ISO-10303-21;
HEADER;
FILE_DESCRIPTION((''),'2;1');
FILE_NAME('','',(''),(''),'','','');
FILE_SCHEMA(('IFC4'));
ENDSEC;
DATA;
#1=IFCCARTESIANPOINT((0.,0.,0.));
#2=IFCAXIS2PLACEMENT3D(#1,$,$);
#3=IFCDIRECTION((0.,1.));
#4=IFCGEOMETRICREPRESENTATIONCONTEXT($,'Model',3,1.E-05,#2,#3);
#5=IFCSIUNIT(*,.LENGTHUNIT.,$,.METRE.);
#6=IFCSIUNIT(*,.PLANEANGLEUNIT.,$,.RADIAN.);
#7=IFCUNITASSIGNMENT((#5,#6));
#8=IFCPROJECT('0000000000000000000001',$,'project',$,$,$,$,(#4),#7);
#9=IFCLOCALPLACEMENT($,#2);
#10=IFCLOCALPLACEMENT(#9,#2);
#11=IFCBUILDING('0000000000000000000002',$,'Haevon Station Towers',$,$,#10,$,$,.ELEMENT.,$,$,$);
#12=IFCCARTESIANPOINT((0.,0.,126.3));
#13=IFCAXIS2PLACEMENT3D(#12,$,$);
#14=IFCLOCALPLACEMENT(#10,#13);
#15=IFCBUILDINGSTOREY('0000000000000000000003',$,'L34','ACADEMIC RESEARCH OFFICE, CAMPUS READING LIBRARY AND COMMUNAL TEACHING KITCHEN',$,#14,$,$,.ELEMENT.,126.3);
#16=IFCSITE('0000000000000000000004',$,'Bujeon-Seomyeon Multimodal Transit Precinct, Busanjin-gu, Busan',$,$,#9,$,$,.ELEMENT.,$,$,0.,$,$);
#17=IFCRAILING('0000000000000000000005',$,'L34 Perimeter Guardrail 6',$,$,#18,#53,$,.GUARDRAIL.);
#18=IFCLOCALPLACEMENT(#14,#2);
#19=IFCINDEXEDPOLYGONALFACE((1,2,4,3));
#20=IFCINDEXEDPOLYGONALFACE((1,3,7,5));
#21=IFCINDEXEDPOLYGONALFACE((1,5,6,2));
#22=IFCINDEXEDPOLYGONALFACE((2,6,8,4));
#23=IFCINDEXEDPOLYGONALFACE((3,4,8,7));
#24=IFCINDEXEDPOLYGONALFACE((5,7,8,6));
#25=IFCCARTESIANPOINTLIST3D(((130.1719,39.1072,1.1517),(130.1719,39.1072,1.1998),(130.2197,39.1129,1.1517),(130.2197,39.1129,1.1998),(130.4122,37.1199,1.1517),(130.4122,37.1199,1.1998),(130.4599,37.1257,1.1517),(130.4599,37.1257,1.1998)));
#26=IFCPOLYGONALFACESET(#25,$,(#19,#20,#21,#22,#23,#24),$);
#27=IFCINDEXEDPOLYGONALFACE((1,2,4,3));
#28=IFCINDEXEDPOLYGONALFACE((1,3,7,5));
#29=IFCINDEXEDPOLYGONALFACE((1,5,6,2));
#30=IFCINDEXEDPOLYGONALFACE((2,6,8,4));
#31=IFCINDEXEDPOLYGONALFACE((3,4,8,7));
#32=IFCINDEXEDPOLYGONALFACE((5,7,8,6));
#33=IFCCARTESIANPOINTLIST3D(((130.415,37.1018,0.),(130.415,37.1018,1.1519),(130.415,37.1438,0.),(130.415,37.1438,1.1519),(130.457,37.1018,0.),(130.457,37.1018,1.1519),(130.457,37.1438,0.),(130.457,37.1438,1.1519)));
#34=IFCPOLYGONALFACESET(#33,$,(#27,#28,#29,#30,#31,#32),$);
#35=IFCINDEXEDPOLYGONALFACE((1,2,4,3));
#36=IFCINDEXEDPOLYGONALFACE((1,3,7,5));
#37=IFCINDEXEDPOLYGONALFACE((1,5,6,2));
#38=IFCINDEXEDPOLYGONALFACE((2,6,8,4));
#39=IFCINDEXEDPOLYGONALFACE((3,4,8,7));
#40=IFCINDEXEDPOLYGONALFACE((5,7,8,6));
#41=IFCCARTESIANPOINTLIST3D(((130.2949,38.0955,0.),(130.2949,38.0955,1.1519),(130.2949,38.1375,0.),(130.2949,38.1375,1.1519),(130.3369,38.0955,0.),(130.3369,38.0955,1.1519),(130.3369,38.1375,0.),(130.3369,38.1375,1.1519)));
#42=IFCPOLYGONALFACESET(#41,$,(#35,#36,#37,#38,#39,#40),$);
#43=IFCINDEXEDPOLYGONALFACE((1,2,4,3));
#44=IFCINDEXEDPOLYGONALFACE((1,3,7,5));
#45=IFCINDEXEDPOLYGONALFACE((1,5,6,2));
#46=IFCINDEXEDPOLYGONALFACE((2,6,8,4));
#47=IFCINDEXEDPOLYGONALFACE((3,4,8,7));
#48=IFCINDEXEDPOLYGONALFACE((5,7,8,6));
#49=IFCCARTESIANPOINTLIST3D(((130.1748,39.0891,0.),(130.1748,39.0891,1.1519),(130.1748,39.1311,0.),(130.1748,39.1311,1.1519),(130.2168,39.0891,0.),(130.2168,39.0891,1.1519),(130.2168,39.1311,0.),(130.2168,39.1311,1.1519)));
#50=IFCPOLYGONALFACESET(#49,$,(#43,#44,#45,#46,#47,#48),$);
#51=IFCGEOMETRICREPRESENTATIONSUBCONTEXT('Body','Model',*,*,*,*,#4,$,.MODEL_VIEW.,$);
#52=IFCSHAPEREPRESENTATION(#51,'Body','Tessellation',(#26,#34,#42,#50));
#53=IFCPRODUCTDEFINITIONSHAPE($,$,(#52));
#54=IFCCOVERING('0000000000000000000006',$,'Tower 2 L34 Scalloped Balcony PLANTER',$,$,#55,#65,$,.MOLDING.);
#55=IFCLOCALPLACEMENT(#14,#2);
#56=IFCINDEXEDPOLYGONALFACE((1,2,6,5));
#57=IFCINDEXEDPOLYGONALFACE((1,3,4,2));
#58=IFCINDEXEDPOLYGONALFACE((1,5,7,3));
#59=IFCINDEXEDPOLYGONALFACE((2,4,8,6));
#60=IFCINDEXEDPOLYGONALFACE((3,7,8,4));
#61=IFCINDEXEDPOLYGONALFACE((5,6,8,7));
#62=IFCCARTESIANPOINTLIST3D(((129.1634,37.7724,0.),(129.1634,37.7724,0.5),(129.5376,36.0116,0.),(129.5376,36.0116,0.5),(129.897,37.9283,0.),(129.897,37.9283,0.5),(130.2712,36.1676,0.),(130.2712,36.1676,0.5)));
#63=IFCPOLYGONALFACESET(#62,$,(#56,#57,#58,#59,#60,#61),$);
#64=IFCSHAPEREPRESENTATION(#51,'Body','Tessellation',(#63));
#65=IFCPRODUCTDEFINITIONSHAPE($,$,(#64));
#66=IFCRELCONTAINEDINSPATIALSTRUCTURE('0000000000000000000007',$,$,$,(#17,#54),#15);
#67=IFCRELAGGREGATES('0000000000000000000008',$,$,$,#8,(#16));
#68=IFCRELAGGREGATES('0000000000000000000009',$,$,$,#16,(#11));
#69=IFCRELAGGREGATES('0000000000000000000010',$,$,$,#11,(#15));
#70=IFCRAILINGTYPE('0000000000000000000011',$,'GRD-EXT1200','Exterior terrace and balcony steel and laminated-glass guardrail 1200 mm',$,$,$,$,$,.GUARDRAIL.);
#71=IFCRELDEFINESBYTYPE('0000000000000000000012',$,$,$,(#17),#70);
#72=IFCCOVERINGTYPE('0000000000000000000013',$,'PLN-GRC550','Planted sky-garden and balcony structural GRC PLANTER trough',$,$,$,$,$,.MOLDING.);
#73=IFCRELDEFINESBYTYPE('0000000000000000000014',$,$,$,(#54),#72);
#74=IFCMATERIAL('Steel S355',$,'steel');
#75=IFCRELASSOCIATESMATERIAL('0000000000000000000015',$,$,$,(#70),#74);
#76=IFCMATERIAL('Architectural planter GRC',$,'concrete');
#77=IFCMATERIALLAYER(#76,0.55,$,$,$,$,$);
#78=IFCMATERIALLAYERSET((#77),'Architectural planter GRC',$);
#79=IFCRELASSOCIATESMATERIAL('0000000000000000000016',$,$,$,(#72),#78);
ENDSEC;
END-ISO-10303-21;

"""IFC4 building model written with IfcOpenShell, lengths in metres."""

from ifc_helpers import new_model, si_unit, direction, frame, origin, origin_2d, place, context, subcontext, project, spatial, rectangle, extrude, material, layer, layer_set, type_object, element, save


model = new_model("IFC4")

# Units and contexts
model_context = context("Model", 3, precision=1e-05, world=origin(), true_north=direction((0.0, 1.0)))
body_context = subcontext(model_context, "Body", "Model", "MODEL_VIEW")
ifc_project = project(units=[si_unit("LENGTHUNIT", "METRE"), si_unit("PLANEANGLEUNIT", "RADIAN")], contexts=[model_context])

# Site, building, storey
site_placement = place(None, origin())
site = spatial("IfcSite", under=ifc_project, at=site_placement, Name="Bujeon-Seomyeon Multimodal Transit Precinct, Busanjin-gu, Busan", CompositionType="ELEMENT", RefElevation=0.0)
building_placement = place(site_placement, origin())
building = spatial("IfcBuilding", under=site, at=building_placement, Name="Haevon Station Towers", CompositionType="ELEMENT")
storey_placement = place(building_placement, frame((0.0, 0.0, 126.3)))
storey = spatial("IfcBuildingStorey", under=building, at=storey_placement, Name="L34", Description="ACADEMIC RESEARCH OFFICE, CAMPUS READING LIBRARY AND COMMUNAL TEACHING KITCHEN", CompositionType="ELEMENT", Elevation=126.3)

# Shared definitions
ifc_material_1 = material(Name="Steel S355", Category="steel")

# Railing
railing_type = type_object("IfcRailingType", Name="GRD-EXT1200", Description="Exterior terrace and balcony steel and laminated-glass guardrail 1200 mm", PredefinedType="GUARDRAIL", material=ifc_material_1)
railing_1_placement = place(storey_placement, frame((130.436, 37.1228, 0.0)))
element("IfcRailing", 1, at=railing_1_placement, inside=storey, type_object=railing_type, Name="L34 Perimeter Guardrail 6", PredefinedType="GUARDRAIL", context=body_context, shape_type="SweptSolid", body=[
    extrude(rectangle(XDim=0.0481, YDim=0.0481, at=origin_2d()), frame((0.0, 0.0, 1.1758), z_axis=(-0.120011, 0.992773, 0.0), x_axis=(-0.992773, -0.120011, 0.0)), (0.0, 0.0, 1.0), 2.0017),
    extrude(rectangle(XDim=0.042, YDim=0.042, at=origin_2d()), origin(), (0.0, 0.0, 1.0), 1.1519),
    extrude(rectangle(XDim=0.042, YDim=0.042, at=origin_2d()), frame((-0.1201, 0.9937, 0.0)), (0.0, 0.0, 1.0), 1.1519),
    extrude(rectangle(XDim=0.042, YDim=0.042, at=origin_2d()), frame((-0.2402, 1.9873, 0.0)), (0.0, 0.0, 1.0), 1.1519),
])

# Covering
ifc_material_2 = material(Name="Architectural planter GRC", Category="concrete")
ifc_layer_1 = layer(ifc_material_2, 0.55)
ifc_layer_set_1 = layer_set([ifc_layer_1], Name="Architectural planter GRC")
covering_type = type_object("IfcCoveringType", Name="PLN-GRC550", Description="Planted sky-garden and balcony structural GRC PLANTER trough", PredefinedType="MOLDING", material=ifc_layer_set_1)
covering_placement = place(storey_placement, frame((129.7173, 36.97, 0.0), z_axis=(0.0, 0.0, 1.0), x_axis=(0.978148, 0.207912, 0.0)))
element("IfcCovering", 2, at=covering_placement, inside=storey, type_object=covering_type, Name="Tower 2 L34 Scalloped Balcony PLANTER", PredefinedType="MOLDING", context=body_context, shape_type="SweptSolid", body=[
    extrude(rectangle(XDim=0.75, YDim=1.8, at=origin_2d()), origin(), (0.0, 0.0, 1.0), 0.5),
])

save(model, "model.ifc")
